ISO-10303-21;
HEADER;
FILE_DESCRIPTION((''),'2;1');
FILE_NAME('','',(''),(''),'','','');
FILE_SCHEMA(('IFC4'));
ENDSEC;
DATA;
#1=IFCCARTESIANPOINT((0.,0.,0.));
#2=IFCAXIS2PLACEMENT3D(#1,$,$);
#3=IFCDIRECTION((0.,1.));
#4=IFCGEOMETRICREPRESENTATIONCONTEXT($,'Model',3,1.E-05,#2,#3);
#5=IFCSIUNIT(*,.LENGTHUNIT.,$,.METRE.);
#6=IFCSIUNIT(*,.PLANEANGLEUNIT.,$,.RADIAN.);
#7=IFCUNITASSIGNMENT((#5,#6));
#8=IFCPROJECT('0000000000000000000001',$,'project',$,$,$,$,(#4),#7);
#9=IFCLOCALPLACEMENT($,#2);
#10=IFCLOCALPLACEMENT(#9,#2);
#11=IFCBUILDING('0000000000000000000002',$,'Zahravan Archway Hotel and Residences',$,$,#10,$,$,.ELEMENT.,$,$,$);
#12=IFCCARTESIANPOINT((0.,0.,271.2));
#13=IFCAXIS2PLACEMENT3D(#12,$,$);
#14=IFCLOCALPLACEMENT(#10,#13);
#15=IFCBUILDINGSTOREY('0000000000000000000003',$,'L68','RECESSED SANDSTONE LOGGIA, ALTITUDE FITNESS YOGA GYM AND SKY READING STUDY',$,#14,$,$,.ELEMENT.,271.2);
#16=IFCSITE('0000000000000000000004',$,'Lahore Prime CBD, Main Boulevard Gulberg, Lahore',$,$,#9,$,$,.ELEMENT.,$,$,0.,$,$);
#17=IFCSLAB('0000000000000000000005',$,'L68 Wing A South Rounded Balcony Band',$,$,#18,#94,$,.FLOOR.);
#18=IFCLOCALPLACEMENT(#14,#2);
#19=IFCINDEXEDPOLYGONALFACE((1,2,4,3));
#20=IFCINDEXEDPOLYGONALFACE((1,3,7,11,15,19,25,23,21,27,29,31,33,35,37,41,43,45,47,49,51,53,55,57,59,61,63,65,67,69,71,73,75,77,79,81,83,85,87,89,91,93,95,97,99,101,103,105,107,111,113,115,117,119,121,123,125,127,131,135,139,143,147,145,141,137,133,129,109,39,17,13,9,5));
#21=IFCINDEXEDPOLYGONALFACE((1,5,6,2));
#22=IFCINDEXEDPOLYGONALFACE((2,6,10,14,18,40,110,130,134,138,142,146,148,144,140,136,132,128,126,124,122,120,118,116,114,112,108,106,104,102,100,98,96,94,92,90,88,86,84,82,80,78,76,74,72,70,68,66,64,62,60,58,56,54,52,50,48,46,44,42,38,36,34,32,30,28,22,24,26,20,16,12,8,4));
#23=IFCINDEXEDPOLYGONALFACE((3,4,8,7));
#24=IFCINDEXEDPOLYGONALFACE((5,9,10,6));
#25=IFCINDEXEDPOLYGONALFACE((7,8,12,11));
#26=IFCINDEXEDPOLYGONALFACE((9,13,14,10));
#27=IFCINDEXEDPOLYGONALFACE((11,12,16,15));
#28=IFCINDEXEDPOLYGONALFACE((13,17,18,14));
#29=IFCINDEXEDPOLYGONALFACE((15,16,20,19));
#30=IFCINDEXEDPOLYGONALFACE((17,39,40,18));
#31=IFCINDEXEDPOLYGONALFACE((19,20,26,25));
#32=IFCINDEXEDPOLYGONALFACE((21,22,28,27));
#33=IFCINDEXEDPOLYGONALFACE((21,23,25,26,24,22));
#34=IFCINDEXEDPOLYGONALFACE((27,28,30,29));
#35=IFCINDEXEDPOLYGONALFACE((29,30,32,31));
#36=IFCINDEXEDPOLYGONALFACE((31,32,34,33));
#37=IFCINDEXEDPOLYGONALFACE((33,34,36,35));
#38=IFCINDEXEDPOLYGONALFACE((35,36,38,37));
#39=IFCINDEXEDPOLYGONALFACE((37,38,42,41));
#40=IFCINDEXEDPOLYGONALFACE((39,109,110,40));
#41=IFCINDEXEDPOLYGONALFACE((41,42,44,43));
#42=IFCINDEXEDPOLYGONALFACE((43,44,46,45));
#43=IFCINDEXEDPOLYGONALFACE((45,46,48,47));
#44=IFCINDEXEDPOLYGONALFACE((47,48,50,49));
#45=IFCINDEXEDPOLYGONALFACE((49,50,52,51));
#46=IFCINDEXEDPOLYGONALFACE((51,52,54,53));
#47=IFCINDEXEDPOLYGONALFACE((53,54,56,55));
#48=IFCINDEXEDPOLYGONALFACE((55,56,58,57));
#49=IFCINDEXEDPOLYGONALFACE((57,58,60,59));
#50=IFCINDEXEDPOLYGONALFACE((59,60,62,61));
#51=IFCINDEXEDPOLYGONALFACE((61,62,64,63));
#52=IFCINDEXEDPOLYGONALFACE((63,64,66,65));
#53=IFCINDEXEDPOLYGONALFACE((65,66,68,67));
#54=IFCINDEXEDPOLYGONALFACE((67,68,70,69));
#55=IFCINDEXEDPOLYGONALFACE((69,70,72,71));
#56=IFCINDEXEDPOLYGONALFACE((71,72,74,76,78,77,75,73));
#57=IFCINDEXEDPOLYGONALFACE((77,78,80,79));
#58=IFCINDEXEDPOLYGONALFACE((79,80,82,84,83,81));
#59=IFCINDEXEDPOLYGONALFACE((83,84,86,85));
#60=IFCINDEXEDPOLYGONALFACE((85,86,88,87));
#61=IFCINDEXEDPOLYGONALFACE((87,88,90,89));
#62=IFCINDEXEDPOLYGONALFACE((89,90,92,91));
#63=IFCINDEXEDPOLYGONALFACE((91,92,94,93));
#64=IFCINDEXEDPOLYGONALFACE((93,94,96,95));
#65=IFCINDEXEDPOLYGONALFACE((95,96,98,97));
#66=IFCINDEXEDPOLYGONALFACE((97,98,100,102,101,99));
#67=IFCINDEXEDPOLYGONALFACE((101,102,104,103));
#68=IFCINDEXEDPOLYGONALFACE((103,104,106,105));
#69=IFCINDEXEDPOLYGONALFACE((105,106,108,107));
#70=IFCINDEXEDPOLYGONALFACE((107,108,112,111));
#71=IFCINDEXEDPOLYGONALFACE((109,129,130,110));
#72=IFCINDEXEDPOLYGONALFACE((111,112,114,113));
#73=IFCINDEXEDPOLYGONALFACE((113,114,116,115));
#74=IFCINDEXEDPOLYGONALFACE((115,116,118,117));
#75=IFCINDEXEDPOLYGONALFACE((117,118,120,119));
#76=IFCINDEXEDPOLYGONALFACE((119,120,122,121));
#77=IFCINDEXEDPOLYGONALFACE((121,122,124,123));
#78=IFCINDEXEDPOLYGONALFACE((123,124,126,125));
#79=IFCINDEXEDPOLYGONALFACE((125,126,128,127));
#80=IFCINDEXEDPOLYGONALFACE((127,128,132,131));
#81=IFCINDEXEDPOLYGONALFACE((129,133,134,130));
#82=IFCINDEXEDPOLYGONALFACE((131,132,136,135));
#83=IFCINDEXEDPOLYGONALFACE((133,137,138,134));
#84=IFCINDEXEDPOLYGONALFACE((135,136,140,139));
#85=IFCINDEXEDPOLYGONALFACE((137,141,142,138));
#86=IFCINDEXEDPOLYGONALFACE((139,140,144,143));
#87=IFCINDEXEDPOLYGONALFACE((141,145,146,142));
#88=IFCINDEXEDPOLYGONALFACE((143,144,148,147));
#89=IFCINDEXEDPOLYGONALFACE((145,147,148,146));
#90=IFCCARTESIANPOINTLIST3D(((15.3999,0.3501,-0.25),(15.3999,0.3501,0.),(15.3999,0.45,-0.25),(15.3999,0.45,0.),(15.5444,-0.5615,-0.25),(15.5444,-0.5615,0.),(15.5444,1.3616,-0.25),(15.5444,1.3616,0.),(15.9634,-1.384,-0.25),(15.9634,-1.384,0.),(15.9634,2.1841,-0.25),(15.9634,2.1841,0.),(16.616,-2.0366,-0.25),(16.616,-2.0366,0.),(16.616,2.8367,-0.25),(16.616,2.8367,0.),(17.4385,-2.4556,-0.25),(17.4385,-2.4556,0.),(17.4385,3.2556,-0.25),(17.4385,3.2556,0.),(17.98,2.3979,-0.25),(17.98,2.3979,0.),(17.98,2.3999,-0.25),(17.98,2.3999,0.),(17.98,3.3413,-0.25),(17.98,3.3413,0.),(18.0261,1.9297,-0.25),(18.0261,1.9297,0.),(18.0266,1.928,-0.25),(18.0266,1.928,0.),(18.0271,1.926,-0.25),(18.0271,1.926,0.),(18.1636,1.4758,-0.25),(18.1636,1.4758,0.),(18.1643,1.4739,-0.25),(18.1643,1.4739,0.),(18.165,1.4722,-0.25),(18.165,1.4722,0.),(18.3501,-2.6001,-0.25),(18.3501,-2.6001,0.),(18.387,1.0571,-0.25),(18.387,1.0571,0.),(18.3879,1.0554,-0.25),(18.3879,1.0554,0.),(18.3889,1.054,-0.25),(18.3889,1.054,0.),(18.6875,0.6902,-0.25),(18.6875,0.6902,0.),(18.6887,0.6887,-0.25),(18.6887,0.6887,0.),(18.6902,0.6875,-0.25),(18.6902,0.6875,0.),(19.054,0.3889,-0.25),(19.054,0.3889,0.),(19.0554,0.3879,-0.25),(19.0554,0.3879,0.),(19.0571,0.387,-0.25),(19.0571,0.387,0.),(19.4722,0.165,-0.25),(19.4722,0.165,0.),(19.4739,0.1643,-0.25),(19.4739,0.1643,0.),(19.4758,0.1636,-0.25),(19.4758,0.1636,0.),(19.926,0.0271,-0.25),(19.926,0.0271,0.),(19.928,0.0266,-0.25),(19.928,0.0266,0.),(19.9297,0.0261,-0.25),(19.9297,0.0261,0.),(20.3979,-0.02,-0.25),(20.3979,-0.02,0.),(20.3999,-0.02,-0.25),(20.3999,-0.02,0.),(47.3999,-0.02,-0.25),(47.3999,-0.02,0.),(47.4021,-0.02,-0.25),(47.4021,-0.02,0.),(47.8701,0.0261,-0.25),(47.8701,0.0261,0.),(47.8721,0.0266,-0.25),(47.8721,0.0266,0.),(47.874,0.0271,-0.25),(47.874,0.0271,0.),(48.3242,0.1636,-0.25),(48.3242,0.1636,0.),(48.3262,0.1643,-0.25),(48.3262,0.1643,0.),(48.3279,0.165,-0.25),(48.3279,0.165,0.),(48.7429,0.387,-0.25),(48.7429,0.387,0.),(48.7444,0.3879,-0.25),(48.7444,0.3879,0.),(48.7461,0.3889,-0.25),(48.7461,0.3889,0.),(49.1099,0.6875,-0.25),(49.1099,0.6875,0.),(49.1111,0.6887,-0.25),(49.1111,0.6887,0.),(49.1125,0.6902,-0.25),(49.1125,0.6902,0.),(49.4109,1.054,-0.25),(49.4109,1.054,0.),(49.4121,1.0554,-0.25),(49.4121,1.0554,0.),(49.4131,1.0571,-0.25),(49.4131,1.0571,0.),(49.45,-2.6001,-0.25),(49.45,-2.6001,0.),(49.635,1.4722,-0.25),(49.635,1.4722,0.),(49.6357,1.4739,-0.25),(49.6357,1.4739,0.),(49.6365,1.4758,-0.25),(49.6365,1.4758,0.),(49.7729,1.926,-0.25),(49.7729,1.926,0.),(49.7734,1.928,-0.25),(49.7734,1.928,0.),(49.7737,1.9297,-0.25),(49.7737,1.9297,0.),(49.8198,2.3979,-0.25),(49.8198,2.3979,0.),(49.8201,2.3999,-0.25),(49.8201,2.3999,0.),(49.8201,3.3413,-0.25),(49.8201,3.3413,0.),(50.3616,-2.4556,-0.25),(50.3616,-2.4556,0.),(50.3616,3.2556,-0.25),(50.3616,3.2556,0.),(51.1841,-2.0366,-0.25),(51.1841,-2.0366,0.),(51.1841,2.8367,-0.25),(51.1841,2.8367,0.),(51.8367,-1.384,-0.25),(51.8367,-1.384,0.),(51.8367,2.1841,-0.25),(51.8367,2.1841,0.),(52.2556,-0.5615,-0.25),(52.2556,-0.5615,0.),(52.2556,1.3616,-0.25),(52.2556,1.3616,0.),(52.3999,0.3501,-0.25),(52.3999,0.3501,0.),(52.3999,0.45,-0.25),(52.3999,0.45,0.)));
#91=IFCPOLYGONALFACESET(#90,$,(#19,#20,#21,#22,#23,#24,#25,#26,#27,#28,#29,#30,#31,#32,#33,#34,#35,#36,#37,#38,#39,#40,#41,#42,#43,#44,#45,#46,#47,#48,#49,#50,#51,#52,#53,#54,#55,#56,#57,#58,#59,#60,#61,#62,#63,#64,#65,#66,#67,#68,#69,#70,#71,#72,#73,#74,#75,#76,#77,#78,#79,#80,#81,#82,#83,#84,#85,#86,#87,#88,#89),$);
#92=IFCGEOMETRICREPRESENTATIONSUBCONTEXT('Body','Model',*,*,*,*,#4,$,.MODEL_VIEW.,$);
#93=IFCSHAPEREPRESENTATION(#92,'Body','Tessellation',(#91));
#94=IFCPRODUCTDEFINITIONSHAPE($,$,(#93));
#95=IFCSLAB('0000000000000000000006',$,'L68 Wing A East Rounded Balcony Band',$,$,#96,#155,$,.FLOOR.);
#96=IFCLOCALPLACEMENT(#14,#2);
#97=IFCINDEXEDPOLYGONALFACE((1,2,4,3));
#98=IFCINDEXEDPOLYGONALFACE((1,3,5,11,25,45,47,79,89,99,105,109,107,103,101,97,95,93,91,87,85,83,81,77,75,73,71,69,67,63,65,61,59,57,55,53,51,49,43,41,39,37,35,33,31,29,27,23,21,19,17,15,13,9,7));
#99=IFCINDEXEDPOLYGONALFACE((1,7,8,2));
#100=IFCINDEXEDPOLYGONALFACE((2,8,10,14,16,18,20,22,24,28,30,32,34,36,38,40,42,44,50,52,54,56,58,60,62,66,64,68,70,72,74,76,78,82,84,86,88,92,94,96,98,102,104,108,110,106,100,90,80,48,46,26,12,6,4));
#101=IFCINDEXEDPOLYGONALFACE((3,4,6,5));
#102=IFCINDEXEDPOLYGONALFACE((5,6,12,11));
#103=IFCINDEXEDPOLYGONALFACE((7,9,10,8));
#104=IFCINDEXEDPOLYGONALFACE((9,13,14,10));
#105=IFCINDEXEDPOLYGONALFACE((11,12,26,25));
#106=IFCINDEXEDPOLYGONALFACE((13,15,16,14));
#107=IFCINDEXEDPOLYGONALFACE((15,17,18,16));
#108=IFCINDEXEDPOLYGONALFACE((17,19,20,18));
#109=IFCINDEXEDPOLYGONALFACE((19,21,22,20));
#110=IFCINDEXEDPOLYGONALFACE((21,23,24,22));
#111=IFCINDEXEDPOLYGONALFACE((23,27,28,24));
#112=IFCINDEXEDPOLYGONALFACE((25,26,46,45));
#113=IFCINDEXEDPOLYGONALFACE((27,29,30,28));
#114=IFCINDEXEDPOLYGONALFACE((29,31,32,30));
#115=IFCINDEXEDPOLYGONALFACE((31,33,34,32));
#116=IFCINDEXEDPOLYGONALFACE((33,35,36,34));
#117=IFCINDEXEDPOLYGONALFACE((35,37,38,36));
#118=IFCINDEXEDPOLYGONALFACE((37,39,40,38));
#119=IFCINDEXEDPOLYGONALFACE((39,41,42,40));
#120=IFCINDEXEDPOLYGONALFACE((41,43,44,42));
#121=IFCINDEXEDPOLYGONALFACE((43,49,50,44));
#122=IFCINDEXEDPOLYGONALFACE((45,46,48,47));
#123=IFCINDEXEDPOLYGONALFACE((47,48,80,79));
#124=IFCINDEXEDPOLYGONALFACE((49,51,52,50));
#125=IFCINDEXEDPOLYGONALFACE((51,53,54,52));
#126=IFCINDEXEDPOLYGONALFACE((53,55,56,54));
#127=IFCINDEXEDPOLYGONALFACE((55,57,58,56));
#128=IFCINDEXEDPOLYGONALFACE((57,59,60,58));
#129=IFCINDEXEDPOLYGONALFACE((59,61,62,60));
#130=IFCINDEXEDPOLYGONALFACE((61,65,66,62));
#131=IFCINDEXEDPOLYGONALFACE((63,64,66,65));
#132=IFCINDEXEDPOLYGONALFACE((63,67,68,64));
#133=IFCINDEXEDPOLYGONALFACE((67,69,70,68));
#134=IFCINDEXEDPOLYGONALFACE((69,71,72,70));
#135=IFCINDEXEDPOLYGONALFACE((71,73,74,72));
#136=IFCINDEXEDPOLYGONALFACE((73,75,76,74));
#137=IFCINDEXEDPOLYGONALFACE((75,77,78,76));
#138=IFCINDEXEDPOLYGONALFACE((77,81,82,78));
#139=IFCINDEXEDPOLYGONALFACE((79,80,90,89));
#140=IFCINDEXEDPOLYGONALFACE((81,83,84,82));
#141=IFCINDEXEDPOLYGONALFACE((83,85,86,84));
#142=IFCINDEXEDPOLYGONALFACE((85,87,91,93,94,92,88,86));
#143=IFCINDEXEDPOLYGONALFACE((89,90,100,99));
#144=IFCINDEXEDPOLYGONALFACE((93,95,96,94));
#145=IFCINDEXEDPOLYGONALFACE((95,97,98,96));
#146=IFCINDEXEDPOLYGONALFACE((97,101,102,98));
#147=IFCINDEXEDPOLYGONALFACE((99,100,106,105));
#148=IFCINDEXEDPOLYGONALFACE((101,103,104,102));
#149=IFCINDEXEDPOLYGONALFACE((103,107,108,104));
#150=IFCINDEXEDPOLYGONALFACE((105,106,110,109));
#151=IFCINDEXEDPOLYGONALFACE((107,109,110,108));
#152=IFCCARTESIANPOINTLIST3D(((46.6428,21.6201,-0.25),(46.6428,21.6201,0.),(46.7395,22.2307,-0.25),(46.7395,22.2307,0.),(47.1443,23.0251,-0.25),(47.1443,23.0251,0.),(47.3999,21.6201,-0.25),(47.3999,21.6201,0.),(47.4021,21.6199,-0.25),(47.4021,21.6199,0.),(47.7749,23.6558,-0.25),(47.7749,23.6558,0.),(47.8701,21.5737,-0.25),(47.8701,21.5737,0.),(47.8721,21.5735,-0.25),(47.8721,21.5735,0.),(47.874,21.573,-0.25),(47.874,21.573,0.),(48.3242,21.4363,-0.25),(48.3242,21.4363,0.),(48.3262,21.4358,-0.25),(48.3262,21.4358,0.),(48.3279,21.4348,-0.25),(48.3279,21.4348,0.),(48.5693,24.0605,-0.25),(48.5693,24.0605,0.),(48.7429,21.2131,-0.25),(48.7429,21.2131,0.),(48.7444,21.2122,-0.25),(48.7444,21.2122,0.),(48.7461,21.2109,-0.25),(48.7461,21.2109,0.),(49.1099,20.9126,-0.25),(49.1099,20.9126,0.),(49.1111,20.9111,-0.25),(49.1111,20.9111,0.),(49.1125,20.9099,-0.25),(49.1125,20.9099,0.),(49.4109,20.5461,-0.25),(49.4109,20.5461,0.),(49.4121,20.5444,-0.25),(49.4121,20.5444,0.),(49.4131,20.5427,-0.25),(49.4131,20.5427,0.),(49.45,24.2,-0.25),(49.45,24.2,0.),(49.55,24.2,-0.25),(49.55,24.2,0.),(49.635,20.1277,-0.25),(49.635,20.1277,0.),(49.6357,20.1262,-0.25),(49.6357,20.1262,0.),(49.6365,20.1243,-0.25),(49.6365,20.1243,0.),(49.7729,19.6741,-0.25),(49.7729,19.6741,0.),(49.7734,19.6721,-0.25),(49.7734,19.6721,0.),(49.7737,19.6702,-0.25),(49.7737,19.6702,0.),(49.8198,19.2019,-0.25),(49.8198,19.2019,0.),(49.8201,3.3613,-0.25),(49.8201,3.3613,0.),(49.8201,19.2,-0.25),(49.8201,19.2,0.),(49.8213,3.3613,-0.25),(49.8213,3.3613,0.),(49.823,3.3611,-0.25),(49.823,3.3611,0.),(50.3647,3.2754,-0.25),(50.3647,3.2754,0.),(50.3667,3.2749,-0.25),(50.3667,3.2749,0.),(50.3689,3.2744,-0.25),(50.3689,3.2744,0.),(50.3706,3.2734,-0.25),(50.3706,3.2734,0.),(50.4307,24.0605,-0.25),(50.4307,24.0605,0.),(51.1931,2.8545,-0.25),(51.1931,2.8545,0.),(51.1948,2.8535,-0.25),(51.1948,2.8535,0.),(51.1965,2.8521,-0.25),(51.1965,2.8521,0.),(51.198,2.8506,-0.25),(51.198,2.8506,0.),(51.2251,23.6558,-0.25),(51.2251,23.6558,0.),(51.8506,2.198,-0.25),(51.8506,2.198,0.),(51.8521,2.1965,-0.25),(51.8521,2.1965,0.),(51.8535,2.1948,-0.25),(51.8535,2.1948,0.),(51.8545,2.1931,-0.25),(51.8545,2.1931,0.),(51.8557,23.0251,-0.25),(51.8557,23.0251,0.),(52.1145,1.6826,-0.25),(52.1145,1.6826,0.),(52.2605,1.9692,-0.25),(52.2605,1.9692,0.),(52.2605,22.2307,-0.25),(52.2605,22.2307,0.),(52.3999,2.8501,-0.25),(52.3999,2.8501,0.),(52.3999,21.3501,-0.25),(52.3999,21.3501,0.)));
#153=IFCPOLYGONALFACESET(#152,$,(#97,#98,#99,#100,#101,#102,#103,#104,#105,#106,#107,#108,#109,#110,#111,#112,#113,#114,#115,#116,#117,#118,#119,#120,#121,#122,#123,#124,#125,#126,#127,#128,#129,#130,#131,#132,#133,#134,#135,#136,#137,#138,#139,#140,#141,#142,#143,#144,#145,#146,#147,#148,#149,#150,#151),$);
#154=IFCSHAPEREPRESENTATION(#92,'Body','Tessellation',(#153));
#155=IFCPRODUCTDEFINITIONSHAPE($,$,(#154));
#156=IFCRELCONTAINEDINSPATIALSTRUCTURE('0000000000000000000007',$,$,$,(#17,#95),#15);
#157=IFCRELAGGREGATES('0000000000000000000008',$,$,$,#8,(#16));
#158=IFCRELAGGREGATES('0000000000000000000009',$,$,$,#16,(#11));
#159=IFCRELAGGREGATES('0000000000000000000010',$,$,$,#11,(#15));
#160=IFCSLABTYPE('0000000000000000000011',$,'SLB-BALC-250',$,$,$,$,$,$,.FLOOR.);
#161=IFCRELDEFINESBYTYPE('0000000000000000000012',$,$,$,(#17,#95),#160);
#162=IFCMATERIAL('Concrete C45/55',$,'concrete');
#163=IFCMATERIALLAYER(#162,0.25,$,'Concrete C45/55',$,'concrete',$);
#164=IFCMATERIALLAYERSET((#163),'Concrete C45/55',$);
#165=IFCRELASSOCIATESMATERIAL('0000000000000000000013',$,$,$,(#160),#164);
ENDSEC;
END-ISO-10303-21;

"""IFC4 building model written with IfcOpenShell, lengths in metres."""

from ifc_helpers import new_model, si_unit, direction, frame, origin, place, context, subcontext, project, spatial, polyline, outline, extrude, material, layer, layer_set, type_object, element, save


model = new_model("IFC4")

# Units and contexts
model_context = context("Model", 3, precision=1e-05, world=origin(), true_north=direction((0.0, 1.0)))
body_context = subcontext(model_context, "Body", "Model", "MODEL_VIEW")
ifc_project = project(units=[si_unit("LENGTHUNIT", "METRE"), si_unit("PLANEANGLEUNIT", "RADIAN")], contexts=[model_context])

# Site, building, storey
site_placement = place(None, origin())
site = spatial("IfcSite", under=ifc_project, at=site_placement, Name="Lahore Prime CBD, Main Boulevard Gulberg, Lahore", CompositionType="ELEMENT", RefElevation=0.0)
building_placement = place(site_placement, origin())
building = spatial("IfcBuilding", under=site, at=building_placement, Name="Zahravan Archway Hotel and Residences", CompositionType="ELEMENT")
storey_placement = place(building_placement, frame((0.0, 0.0, 271.2)))
storey = spatial("IfcBuildingStorey", under=building, at=storey_placement, Name="L68", Description="RECESSED SANDSTONE LOGGIA, ALTITUDE FITNESS YOGA GYM AND SKY READING STUDY", CompositionType="ELEMENT", Elevation=271.2)

# Slabs
ifc_material_1 = material(Name="Concrete C45/55", Category="concrete")
ifc_layer_1 = layer(ifc_material_1, 0.25, Name="Concrete C45/55", Category="concrete")
ifc_layer_set_1 = layer_set([ifc_layer_1], Name="Concrete C45/55")
slab_type_1 = type_object("IfcSlabType", Name="SLB-BALC-250", PredefinedType="FLOOR", material=ifc_layer_set_1)
slab_1_placement = place(storey_placement, frame((0.0, 0.0, -0.25)))
element("IfcSlab", 1, at=slab_1_placement, inside=storey, type_object=slab_type_1, Name="L68 Wing A South Rounded Balcony Band", PredefinedType="FLOOR", context=body_context, shape_type="SweptSolid", body=[
    extrude(outline(polyline([(50.3616, 3.2556), (51.1841, 2.8367), (51.8367, 2.1841), (52.2556, 1.3616), (52.3999, 0.45), (52.3999, 0.3501), (52.2556, -0.5615), (51.8367, -1.384), (51.1841, -2.0366), (50.3616, -2.4556), (49.45, -2.6001), (18.3501, -2.6001), (17.4385, -2.4556), (16.616, -2.0366), (15.9634, -1.384), (15.5444, -0.5615), (15.3999, 0.3501), (15.3999, 0.45), (15.5444, 1.3616), (15.9634, 2.1841), (16.616, 2.8367), (17.4385, 3.2556), (17.98, 3.3413), (17.98, 2.3999), (17.98, 2.3979), (18.0261, 1.9297), (18.0266, 1.928), (18.0271, 1.926), (18.1636, 1.4758), (18.1643, 1.4739), (18.165, 1.4722), (18.387, 1.0571), (18.3879, 1.0554), (18.3889, 1.054), (18.6875, 0.6902), (18.6887, 0.6887), (18.6902, 0.6875), (19.054, 0.3889), (19.0554, 0.3879), (19.0571, 0.387), (19.4722, 0.165), (19.4739, 0.1643), (19.4758, 0.1636), (19.926, 0.0271), (19.928, 0.0266), (19.9297, 0.0261), (20.3979, -0.02), (20.3999, -0.02), (47.3999, -0.02), (47.4021, -0.02), (47.8701, 0.0261), (47.8721, 0.0266), (47.874, 0.0271), (48.3242, 0.1636), (48.3262, 0.1643), (48.3279, 0.165), (48.7429, 0.387), (48.7444, 0.3879), (48.7461, 0.3889), (49.1099, 0.6875), (49.1111, 0.6887), (49.1125, 0.6902), (49.4109, 1.054), (49.4121, 1.0554), (49.4131, 1.0571), (49.635, 1.4722), (49.6357, 1.4739), (49.6365, 1.4758), (49.7729, 1.926), (49.7734, 1.928), (49.7737, 1.9297), (49.8198, 2.3979), (49.8201, 2.3999), (49.8201, 3.3413), (50.3616, 3.2556)])), origin(), (0.0, 0.0, 1.0), 0.25),
])
slab_2_placement = place(storey_placement, frame((0.0, 0.0, -0.25)))
element("IfcSlab", 2, at=slab_2_placement, inside=storey, type_object=slab_type_1, Name="L68 Wing A East Rounded Balcony Band", PredefinedType="FLOOR", context=body_context, shape_type="SweptSolid", body=[
    extrude(outline(polyline([(46.7395, 22.2307), (47.1443, 23.0251), (47.7749, 23.6558), (48.5693, 24.0605), (49.45, 24.2), (49.55, 24.2), (50.4307, 24.0605), (51.2251, 23.6558), (51.8557, 23.0251), (52.2605, 22.2307), (52.3999, 21.3501), (52.3999, 2.8501), (52.2605, 1.9692), (52.1145, 1.6826), (51.8545, 2.1931), (51.8535, 2.1948), (51.8521, 2.1965), (51.8506, 2.198), (51.198, 2.8506), (51.1965, 2.8521), (51.1948, 2.8535), (51.1931, 2.8545), (50.3706, 3.2734), (50.3689, 3.2744), (50.3667, 3.2749), (50.3647, 3.2754), (49.823, 3.3611), (49.8213, 3.3613), (49.8201, 3.3613), (49.8201, 19.2), (49.8198, 19.2019), (49.7737, 19.6702), (49.7734, 19.6721), (49.7729, 19.6741), (49.6365, 20.1243), (49.6357, 20.1262), (49.635, 20.1277), (49.4131, 20.5427), (49.4121, 20.5444), (49.4109, 20.5461), (49.1125, 20.9099), (49.1111, 20.9111), (49.1099, 20.9126), (48.7461, 21.2109), (48.7444, 21.2122), (48.7429, 21.2131), (48.3279, 21.4348), (48.3262, 21.4358), (48.3242, 21.4363), (47.874, 21.573), (47.8721, 21.5735), (47.8701, 21.5737), (47.4021, 21.6199), (47.3999, 21.6201), (46.6428, 21.6201), (46.7395, 22.2307)])), origin(), (0.0, 0.0, 1.0), 0.25),
])

save(model, "model.ifc")
